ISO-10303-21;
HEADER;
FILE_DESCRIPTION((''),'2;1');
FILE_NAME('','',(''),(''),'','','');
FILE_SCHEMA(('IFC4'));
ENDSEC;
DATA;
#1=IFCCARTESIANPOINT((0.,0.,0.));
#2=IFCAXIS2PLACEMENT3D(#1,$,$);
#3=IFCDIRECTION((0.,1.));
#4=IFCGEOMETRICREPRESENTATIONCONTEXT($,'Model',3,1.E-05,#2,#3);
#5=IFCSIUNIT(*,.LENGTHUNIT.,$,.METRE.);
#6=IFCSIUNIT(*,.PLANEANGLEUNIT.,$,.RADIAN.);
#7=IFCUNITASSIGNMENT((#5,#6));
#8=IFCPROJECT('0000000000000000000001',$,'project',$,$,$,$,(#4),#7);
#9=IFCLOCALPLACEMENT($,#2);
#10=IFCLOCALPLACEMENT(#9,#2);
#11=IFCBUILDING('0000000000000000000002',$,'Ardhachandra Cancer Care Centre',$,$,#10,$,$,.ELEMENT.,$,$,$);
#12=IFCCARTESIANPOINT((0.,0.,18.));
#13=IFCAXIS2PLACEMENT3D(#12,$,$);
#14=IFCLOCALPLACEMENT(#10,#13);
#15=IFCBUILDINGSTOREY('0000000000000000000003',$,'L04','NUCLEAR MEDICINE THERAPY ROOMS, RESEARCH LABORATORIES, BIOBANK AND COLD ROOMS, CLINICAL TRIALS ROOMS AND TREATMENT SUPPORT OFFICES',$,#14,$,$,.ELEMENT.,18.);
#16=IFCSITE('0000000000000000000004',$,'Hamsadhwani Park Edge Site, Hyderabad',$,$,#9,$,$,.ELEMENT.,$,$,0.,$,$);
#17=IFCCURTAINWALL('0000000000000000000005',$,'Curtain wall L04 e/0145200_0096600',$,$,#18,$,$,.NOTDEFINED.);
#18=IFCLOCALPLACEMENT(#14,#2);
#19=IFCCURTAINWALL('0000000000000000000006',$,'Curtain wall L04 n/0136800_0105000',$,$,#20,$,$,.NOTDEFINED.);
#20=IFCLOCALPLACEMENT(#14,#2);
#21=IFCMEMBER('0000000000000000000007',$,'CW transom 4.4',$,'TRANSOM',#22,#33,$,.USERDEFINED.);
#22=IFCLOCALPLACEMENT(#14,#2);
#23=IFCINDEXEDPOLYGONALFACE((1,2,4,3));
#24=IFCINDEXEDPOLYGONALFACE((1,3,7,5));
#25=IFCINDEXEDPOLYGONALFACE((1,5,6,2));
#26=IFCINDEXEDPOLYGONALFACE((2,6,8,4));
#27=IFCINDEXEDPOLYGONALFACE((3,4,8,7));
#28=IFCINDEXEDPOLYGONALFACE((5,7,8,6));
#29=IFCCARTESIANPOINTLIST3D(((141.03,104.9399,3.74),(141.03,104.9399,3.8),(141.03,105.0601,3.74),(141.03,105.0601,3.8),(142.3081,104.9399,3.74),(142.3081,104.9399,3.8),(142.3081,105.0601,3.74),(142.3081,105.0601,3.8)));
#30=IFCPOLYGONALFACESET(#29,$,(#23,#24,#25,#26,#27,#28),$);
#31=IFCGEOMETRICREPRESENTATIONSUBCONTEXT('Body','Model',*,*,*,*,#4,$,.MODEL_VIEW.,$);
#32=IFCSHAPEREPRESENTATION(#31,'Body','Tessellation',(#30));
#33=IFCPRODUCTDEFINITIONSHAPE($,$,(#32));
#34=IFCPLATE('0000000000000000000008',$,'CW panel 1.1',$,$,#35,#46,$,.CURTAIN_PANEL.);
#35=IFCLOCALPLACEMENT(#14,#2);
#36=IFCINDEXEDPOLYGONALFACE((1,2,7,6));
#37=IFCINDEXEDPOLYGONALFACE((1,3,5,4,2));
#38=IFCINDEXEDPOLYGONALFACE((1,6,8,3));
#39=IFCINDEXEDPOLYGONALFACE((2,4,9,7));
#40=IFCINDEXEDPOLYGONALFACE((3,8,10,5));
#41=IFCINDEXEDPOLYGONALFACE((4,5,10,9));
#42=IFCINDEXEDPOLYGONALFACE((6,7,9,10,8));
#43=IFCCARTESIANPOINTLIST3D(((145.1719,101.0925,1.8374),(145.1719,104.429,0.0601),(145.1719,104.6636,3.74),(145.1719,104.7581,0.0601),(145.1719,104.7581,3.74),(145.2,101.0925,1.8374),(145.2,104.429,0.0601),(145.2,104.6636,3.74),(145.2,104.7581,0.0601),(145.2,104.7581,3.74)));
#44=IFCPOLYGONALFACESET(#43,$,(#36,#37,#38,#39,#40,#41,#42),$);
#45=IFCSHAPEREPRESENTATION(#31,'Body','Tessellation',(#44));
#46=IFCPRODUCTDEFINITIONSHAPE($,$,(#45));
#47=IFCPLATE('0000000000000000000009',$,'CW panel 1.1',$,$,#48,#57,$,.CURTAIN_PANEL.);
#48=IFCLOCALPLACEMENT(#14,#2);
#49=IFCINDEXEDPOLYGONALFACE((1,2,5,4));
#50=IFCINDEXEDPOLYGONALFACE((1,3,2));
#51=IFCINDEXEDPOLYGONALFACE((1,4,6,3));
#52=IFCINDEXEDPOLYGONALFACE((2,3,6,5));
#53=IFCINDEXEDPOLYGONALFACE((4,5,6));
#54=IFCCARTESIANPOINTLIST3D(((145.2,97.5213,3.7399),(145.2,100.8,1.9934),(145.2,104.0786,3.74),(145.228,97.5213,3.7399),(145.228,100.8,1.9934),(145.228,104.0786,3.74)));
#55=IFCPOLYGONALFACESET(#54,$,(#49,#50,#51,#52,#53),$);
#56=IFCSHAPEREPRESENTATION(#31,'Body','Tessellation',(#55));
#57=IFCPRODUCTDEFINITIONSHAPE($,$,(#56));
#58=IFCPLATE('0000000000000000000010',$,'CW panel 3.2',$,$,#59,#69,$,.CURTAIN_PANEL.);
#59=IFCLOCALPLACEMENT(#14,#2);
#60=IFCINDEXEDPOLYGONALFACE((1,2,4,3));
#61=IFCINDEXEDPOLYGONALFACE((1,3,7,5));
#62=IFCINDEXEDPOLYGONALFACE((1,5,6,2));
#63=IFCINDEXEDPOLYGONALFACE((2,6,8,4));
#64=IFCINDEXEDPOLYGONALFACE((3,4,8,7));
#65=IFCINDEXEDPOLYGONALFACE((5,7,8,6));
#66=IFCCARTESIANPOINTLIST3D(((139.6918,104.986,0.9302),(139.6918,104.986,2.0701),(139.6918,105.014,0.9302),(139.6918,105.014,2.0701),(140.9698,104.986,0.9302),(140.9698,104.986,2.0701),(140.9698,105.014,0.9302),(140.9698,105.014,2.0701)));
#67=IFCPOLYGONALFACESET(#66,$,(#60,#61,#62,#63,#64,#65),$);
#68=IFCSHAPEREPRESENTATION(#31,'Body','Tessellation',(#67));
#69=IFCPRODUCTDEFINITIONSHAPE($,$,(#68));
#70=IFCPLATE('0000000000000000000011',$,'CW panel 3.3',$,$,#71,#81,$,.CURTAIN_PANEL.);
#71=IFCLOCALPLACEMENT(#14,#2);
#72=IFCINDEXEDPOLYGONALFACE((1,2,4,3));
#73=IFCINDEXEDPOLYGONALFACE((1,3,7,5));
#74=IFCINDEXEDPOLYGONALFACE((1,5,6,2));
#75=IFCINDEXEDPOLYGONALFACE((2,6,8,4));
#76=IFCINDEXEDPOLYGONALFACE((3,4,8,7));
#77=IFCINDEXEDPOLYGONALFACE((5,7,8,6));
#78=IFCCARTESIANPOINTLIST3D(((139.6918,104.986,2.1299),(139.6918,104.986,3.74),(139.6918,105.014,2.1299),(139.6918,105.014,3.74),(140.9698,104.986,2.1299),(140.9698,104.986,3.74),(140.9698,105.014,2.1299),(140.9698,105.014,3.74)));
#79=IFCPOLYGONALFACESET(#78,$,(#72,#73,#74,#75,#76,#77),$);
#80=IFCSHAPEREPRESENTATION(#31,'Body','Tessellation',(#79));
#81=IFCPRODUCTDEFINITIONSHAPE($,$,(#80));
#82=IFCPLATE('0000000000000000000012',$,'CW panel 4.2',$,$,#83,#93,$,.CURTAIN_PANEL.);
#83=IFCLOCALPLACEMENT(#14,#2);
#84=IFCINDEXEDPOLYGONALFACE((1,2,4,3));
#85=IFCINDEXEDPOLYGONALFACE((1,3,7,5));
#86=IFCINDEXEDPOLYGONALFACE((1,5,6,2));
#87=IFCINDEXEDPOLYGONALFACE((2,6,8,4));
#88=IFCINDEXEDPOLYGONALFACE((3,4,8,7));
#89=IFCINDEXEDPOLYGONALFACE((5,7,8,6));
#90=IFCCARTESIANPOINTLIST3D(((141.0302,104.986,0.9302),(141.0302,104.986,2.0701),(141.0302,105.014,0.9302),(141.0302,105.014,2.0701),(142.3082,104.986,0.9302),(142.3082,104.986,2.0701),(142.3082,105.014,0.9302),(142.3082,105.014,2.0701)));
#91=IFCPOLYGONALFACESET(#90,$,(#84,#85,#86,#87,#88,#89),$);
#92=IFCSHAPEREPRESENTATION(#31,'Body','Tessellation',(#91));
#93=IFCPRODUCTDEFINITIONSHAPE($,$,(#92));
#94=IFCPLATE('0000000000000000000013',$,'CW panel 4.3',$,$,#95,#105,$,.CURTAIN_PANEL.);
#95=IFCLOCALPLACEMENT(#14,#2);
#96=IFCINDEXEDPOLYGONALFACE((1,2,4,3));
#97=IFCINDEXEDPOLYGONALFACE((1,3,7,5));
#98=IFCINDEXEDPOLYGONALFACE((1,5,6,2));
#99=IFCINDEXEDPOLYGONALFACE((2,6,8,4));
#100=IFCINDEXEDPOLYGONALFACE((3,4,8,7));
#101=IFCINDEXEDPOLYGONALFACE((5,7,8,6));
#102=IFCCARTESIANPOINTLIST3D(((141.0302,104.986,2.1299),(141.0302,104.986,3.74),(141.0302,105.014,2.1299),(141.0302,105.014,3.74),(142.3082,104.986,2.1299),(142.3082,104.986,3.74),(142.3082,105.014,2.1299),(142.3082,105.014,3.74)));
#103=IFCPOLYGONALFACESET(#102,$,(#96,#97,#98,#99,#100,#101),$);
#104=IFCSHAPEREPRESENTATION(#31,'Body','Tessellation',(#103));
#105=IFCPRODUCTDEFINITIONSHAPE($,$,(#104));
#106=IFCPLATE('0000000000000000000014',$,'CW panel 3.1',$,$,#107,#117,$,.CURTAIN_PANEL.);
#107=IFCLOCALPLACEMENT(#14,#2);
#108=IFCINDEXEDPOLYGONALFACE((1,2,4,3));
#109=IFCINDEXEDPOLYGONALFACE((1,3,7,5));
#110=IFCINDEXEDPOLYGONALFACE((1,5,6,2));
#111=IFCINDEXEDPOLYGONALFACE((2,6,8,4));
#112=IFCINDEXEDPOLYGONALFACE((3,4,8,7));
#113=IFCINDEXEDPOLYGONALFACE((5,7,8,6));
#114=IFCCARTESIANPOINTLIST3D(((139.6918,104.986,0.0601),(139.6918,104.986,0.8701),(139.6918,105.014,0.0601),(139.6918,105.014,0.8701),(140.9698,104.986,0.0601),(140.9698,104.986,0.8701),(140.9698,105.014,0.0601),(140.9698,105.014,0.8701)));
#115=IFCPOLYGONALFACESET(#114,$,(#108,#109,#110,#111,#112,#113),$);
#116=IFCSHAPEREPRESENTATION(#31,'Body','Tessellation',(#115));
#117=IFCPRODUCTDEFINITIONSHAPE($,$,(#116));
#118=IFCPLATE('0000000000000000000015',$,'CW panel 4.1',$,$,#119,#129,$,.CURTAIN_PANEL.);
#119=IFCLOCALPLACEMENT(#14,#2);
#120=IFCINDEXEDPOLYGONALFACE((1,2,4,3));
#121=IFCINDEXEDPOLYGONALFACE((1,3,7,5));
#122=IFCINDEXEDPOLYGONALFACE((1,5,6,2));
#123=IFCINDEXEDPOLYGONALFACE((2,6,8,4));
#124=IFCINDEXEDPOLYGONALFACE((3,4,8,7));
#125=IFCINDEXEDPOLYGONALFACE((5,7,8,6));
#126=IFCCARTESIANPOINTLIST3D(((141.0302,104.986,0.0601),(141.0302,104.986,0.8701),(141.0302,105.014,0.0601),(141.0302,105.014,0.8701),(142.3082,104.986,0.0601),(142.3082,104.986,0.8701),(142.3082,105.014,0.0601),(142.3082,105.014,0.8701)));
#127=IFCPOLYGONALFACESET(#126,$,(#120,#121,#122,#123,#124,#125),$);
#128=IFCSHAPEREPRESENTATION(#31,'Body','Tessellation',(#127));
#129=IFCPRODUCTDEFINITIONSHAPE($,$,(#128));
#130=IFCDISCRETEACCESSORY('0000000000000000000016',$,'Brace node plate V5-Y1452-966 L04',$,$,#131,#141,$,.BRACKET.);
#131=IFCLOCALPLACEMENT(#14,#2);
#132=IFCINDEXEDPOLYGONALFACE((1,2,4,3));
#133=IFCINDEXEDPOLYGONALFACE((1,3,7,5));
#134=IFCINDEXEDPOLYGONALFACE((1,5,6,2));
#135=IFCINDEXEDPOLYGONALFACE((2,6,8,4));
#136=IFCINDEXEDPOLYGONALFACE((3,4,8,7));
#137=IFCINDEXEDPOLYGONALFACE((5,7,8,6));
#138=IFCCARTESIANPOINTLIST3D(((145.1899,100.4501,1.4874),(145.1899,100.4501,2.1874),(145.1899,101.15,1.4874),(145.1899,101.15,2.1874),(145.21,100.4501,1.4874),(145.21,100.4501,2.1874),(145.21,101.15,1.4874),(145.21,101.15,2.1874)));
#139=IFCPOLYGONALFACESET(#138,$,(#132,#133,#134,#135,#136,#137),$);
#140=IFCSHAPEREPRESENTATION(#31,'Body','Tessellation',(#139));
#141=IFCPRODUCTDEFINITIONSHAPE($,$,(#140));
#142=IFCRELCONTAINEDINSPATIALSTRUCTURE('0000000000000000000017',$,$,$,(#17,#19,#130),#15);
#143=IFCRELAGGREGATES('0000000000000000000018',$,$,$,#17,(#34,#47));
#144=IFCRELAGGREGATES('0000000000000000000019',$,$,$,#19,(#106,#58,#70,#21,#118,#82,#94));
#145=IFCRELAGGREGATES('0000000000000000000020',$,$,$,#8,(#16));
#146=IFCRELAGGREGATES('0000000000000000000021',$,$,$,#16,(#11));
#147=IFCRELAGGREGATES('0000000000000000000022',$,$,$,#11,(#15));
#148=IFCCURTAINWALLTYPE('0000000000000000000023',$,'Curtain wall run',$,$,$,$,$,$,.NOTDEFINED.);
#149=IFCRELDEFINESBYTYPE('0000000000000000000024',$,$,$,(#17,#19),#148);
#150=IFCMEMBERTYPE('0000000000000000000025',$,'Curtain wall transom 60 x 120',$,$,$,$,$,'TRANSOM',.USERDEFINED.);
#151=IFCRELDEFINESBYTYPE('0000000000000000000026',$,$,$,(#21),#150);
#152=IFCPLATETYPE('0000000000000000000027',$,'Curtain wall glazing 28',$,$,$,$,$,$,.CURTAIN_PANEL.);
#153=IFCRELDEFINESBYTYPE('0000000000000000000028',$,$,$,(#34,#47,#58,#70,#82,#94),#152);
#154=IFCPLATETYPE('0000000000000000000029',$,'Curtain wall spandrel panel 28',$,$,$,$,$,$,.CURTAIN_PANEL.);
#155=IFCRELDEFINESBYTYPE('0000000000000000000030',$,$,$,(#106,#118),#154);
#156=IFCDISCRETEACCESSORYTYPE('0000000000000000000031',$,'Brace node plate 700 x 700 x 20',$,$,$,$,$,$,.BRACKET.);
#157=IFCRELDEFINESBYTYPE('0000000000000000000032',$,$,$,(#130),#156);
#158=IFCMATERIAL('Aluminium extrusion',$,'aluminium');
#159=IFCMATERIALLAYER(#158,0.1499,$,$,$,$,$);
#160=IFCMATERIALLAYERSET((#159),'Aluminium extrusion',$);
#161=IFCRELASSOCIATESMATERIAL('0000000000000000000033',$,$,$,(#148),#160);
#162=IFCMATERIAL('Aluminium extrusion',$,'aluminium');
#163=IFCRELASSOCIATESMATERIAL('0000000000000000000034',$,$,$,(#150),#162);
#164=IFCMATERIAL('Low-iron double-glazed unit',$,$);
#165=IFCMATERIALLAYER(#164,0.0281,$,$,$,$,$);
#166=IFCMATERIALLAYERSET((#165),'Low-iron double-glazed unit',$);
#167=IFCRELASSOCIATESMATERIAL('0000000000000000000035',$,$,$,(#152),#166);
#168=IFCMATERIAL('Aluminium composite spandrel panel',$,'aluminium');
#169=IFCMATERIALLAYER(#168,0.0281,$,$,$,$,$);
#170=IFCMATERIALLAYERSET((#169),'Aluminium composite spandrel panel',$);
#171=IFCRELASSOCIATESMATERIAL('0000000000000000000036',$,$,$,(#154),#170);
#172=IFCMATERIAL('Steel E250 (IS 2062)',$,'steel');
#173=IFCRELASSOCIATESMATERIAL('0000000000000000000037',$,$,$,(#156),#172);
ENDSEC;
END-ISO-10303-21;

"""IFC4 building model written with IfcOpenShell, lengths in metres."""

from ifc_helpers import new_model, si_unit, direction, frame, origin, origin_2d, place, context, subcontext, project, spatial, polyline, rectangle, outline, extrude, material, layer, layer_set, material_profile, profile_set, type_object, element, aggregate, save


model = new_model("IFC4")

# Units and contexts
model_context = context("Model", 3, precision=1e-05, world=origin(), true_north=direction((0.0, 1.0)))
body_context = subcontext(model_context, "Body", "Model", "MODEL_VIEW")
ifc_project = project(units=[si_unit("LENGTHUNIT", "METRE"), si_unit("PLANEANGLEUNIT", "RADIAN")], contexts=[model_context])

# Site, building, storey
site_placement = place(None, origin())
site = spatial("IfcSite", under=ifc_project, at=site_placement, Name="Hamsadhwani Park Edge Site, Hyderabad", CompositionType="ELEMENT", RefElevation=0.0)
building_placement = place(site_placement, origin())
building = spatial("IfcBuilding", under=site, at=building_placement, Name="Ardhachandra Cancer Care Centre", CompositionType="ELEMENT")
storey_placement = place(building_placement, frame((0.0, 0.0, 18.0)))
storey = spatial("IfcBuildingStorey", under=building, at=storey_placement, Name="L04", Description="NUCLEAR MEDICINE THERAPY ROOMS, RESEARCH LABORATORIES, BIOBANK AND COLD ROOMS, CLINICAL TRIALS ROOMS AND TREATMENT SUPPORT OFFICES", CompositionType="ELEMENT", Elevation=18.0)

# Curtain walls
ifc_material_1 = material(Name="Aluminium extrusion", Category="aluminium")
ifc_layer_1 = layer(ifc_material_1, 0.1499)
ifc_layer_set_1 = layer_set([ifc_layer_1], Name="Aluminium extrusion")
curtain_wall_type = type_object("IfcCurtainWallType", Name="Curtain wall run", PredefinedType="NOTDEFINED", material=ifc_layer_set_1)
curtain_wall_1_placement = place(storey_placement, origin())
curtain_wall_1 = element("IfcCurtainWall", 1, at=curtain_wall_1_placement, inside=storey, type_object=curtain_wall_type, Name="Curtain wall L04 e/0145200_0096600", PredefinedType="NOTDEFINED")
curtain_wall_2_placement = place(storey_placement, origin())
curtain_wall_2 = element("IfcCurtainWall", 2, at=curtain_wall_2_placement, inside=storey, type_object=curtain_wall_type, Name="Curtain wall L04 n/0136800_0105000", PredefinedType="NOTDEFINED")

# Member
ifc_material_2 = material(Name="Aluminium extrusion", Category="aluminium")
ifc_material_profile_1 = material_profile(ifc_material_2, rectangle(XDim=0.1201, YDim=0.0601, at=origin_2d()), Name="Curtain wall transom 60 x 120")
ifc_profile_set_1 = profile_set([ifc_material_profile_1], Name="Aluminium extrusion")
member_type_1 = type_object("IfcMemberType", Name="Curtain wall transom 60 x 120", ElementType="TRANSOM", PredefinedType="USERDEFINED", material=ifc_profile_set_1)
member_1_placement = place(storey_placement, frame((141.03, 105.0, 3.77), z_axis=(1.0, 0.0, 0.0), x_axis=(0.0, 1.0, 0.0)))
member_1 = element("IfcMember", 3, at=member_1_placement, type_object=member_type_1, Name="CW transom 4.4", ObjectType="TRANSOM", PredefinedType="USERDEFINED", context=body_context, shape_type="SweptSolid", body=[
    extrude(rectangle(XDim=0.1201, YDim=0.0601, at=origin_2d()), origin(), (0.0, 0.0, 1.0), 1.2781),
])

# Plates
ifc_material_3 = material(Name="Low-iron double-glazed unit")
ifc_layer_2 = layer(ifc_material_3, 0.0281)
ifc_layer_set_2 = layer_set([ifc_layer_2], Name="Low-iron double-glazed unit")
plate_type_1 = type_object("IfcPlateType", Name="Curtain wall glazing 28", PredefinedType="CURTAIN_PANEL", material=ifc_layer_set_2)
plate_1_placement = place(storey_placement, frame((145.2, 104.7581, 3.74), z_axis=(-1.0, 0.0, 0.0), x_axis=(0.0, 0.0, -1.0)))
plate_1 = element("IfcPlate", 4, at=plate_1_placement, type_object=plate_type_1, Name="CW panel 1.1", PredefinedType="CURTAIN_PANEL", context=body_context, shape_type="SweptSolid", body=[
    extrude(outline(polyline([(0.0, 0.0), (3.6799, 0.0), (3.6799, 0.3291), (1.9026, 3.6655), (0.0, 0.0945), (0.0, 0.0)])), origin(), (0.0, 0.0, 1.0), 0.0281),
])
plate_2_placement = place(storey_placement, frame((145.2, 104.0786, 3.74), z_axis=(-1.0, 0.0, 0.0), x_axis=(0.0, -0.882575, -0.470172)))
plate_2 = element("IfcPlate", 5, at=plate_2_placement, type_object=plate_type_1, Name="CW panel 1.1", PredefinedType="CURTAIN_PANEL", context=body_context, shape_type="SweptSolid", body=[
    extrude(outline(polyline([(0.0, 0.0), (3.7148, 0.0), (5.7874, 3.083), (0.0, 0.0)])), frame((0.0, 0.0, -0.0281)), (0.0, 0.0, 1.0), 0.0281),
])
aggregate(curtain_wall_1, [plate_1, plate_2])
plate_3_placement = place(storey_placement, frame((140.3308, 105.0, 0.9302), z_axis=(0.0, 0.0, 1.0), x_axis=(1.0, 0.0, 0.0)))
plate_3 = element("IfcPlate", 6, at=plate_3_placement, type_object=plate_type_1, Name="CW panel 3.2", PredefinedType="CURTAIN_PANEL", context=body_context, shape_type="SweptSolid", body=[
    extrude(rectangle(XDim=1.2781, YDim=0.0281, at=origin_2d()), origin(), (0.0, 0.0, 1.0), 1.1399),
])
plate_4_placement = place(storey_placement, frame((140.3308, 105.0, 2.1299), z_axis=(0.0, 0.0, 1.0), x_axis=(1.0, 0.0, 0.0)))
plate_4 = element("IfcPlate", 7, at=plate_4_placement, type_object=plate_type_1, Name="CW panel 3.3", PredefinedType="CURTAIN_PANEL", context=body_context, shape_type="SweptSolid", body=[
    extrude(rectangle(XDim=1.2781, YDim=0.0281, at=origin_2d()), origin(), (0.0, 0.0, 1.0), 1.6101),
])
plate_5_placement = place(storey_placement, frame((141.6692, 105.0, 0.9302), z_axis=(0.0, 0.0, 1.0), x_axis=(1.0, 0.0, 0.0)))
plate_5 = element("IfcPlate", 8, at=plate_5_placement, type_object=plate_type_1, Name="CW panel 4.2", PredefinedType="CURTAIN_PANEL", context=body_context, shape_type="SweptSolid", body=[
    extrude(rectangle(XDim=1.2781, YDim=0.0281, at=origin_2d()), origin(), (0.0, 0.0, 1.0), 1.1399),
])
plate_6_placement = place(storey_placement, frame((141.6692, 105.0, 2.1299), z_axis=(0.0, 0.0, 1.0), x_axis=(1.0, 0.0, 0.0)))
plate_6 = element("IfcPlate", 9, at=plate_6_placement, type_object=plate_type_1, Name="CW panel 4.3", PredefinedType="CURTAIN_PANEL", context=body_context, shape_type="SweptSolid", body=[
    extrude(rectangle(XDim=1.2781, YDim=0.0281, at=origin_2d()), origin(), (0.0, 0.0, 1.0), 1.6101),
])
ifc_material_4 = material(Name="Aluminium composite spandrel panel", Category="aluminium")
ifc_layer_3 = layer(ifc_material_4, 0.0281)
ifc_layer_set_3 = layer_set([ifc_layer_3], Name="Aluminium composite spandrel panel")
plate_type_2 = type_object("IfcPlateType", Name="Curtain wall spandrel panel 28", PredefinedType="CURTAIN_PANEL", material=ifc_layer_set_3)
plate_7_placement = place(storey_placement, frame((140.3308, 105.0, 0.0601), z_axis=(0.0, 0.0, 1.0), x_axis=(1.0, 0.0, 0.0)))
plate_7 = element("IfcPlate", 10, at=plate_7_placement, type_object=plate_type_2, Name="CW panel 3.1", PredefinedType="CURTAIN_PANEL", context=body_context, shape_type="SweptSolid", body=[
    extrude(rectangle(XDim=1.2781, YDim=0.0281, at=origin_2d()), origin(), (0.0, 0.0, 1.0), 0.8101),
])
plate_8_placement = place(storey_placement, frame((141.6692, 105.0, 0.0601), z_axis=(0.0, 0.0, 1.0), x_axis=(1.0, 0.0, 0.0)))
plate_8 = element("IfcPlate", 11, at=plate_8_placement, type_object=plate_type_2, Name="CW panel 4.1", PredefinedType="CURTAIN_PANEL", context=body_context, shape_type="SweptSolid", body=[
    extrude(rectangle(XDim=1.2781, YDim=0.0281, at=origin_2d()), origin(), (0.0, 0.0, 1.0), 0.8101),
])
aggregate(curtain_wall_2, [plate_7, plate_3, plate_4, member_1, plate_8, plate_5, plate_6])

# Discrete accessory
ifc_material_5 = material(Name="Steel E250 (IS 2062)", Category="steel")
ifc_material_profile_2 = material_profile(ifc_material_5, rectangle(XDim=0.7, YDim=0.7, at=origin_2d()), Name="PL 700x700x20")
ifc_profile_set_2 = profile_set([ifc_material_profile_2], Name="Steel E250 (IS 2062)")
discrete_accessory_type = type_object("IfcDiscreteAccessoryType", Name="Brace node plate 700 x 700 x 20", PredefinedType="BRACKET", material=ifc_profile_set_2)
discrete_accessory_placement = place(storey_placement, frame((145.1899, 100.8, 1.8374), z_axis=(1.0, 0.0, 0.0), x_axis=(0.0, 1.0, 0.0)))
element("IfcDiscreteAccessory", 12, at=discrete_accessory_placement, inside=storey, type_object=discrete_accessory_type, Name="Brace node plate V5-Y1452-966 L04", PredefinedType="BRACKET", context=body_context, shape_type="SweptSolid", body=[
    extrude(rectangle(XDim=0.7, YDim=0.7, at=origin_2d()), origin(), (0.0, 0.0, 1.0), 0.02),
])

save(model, "model.ifc")
